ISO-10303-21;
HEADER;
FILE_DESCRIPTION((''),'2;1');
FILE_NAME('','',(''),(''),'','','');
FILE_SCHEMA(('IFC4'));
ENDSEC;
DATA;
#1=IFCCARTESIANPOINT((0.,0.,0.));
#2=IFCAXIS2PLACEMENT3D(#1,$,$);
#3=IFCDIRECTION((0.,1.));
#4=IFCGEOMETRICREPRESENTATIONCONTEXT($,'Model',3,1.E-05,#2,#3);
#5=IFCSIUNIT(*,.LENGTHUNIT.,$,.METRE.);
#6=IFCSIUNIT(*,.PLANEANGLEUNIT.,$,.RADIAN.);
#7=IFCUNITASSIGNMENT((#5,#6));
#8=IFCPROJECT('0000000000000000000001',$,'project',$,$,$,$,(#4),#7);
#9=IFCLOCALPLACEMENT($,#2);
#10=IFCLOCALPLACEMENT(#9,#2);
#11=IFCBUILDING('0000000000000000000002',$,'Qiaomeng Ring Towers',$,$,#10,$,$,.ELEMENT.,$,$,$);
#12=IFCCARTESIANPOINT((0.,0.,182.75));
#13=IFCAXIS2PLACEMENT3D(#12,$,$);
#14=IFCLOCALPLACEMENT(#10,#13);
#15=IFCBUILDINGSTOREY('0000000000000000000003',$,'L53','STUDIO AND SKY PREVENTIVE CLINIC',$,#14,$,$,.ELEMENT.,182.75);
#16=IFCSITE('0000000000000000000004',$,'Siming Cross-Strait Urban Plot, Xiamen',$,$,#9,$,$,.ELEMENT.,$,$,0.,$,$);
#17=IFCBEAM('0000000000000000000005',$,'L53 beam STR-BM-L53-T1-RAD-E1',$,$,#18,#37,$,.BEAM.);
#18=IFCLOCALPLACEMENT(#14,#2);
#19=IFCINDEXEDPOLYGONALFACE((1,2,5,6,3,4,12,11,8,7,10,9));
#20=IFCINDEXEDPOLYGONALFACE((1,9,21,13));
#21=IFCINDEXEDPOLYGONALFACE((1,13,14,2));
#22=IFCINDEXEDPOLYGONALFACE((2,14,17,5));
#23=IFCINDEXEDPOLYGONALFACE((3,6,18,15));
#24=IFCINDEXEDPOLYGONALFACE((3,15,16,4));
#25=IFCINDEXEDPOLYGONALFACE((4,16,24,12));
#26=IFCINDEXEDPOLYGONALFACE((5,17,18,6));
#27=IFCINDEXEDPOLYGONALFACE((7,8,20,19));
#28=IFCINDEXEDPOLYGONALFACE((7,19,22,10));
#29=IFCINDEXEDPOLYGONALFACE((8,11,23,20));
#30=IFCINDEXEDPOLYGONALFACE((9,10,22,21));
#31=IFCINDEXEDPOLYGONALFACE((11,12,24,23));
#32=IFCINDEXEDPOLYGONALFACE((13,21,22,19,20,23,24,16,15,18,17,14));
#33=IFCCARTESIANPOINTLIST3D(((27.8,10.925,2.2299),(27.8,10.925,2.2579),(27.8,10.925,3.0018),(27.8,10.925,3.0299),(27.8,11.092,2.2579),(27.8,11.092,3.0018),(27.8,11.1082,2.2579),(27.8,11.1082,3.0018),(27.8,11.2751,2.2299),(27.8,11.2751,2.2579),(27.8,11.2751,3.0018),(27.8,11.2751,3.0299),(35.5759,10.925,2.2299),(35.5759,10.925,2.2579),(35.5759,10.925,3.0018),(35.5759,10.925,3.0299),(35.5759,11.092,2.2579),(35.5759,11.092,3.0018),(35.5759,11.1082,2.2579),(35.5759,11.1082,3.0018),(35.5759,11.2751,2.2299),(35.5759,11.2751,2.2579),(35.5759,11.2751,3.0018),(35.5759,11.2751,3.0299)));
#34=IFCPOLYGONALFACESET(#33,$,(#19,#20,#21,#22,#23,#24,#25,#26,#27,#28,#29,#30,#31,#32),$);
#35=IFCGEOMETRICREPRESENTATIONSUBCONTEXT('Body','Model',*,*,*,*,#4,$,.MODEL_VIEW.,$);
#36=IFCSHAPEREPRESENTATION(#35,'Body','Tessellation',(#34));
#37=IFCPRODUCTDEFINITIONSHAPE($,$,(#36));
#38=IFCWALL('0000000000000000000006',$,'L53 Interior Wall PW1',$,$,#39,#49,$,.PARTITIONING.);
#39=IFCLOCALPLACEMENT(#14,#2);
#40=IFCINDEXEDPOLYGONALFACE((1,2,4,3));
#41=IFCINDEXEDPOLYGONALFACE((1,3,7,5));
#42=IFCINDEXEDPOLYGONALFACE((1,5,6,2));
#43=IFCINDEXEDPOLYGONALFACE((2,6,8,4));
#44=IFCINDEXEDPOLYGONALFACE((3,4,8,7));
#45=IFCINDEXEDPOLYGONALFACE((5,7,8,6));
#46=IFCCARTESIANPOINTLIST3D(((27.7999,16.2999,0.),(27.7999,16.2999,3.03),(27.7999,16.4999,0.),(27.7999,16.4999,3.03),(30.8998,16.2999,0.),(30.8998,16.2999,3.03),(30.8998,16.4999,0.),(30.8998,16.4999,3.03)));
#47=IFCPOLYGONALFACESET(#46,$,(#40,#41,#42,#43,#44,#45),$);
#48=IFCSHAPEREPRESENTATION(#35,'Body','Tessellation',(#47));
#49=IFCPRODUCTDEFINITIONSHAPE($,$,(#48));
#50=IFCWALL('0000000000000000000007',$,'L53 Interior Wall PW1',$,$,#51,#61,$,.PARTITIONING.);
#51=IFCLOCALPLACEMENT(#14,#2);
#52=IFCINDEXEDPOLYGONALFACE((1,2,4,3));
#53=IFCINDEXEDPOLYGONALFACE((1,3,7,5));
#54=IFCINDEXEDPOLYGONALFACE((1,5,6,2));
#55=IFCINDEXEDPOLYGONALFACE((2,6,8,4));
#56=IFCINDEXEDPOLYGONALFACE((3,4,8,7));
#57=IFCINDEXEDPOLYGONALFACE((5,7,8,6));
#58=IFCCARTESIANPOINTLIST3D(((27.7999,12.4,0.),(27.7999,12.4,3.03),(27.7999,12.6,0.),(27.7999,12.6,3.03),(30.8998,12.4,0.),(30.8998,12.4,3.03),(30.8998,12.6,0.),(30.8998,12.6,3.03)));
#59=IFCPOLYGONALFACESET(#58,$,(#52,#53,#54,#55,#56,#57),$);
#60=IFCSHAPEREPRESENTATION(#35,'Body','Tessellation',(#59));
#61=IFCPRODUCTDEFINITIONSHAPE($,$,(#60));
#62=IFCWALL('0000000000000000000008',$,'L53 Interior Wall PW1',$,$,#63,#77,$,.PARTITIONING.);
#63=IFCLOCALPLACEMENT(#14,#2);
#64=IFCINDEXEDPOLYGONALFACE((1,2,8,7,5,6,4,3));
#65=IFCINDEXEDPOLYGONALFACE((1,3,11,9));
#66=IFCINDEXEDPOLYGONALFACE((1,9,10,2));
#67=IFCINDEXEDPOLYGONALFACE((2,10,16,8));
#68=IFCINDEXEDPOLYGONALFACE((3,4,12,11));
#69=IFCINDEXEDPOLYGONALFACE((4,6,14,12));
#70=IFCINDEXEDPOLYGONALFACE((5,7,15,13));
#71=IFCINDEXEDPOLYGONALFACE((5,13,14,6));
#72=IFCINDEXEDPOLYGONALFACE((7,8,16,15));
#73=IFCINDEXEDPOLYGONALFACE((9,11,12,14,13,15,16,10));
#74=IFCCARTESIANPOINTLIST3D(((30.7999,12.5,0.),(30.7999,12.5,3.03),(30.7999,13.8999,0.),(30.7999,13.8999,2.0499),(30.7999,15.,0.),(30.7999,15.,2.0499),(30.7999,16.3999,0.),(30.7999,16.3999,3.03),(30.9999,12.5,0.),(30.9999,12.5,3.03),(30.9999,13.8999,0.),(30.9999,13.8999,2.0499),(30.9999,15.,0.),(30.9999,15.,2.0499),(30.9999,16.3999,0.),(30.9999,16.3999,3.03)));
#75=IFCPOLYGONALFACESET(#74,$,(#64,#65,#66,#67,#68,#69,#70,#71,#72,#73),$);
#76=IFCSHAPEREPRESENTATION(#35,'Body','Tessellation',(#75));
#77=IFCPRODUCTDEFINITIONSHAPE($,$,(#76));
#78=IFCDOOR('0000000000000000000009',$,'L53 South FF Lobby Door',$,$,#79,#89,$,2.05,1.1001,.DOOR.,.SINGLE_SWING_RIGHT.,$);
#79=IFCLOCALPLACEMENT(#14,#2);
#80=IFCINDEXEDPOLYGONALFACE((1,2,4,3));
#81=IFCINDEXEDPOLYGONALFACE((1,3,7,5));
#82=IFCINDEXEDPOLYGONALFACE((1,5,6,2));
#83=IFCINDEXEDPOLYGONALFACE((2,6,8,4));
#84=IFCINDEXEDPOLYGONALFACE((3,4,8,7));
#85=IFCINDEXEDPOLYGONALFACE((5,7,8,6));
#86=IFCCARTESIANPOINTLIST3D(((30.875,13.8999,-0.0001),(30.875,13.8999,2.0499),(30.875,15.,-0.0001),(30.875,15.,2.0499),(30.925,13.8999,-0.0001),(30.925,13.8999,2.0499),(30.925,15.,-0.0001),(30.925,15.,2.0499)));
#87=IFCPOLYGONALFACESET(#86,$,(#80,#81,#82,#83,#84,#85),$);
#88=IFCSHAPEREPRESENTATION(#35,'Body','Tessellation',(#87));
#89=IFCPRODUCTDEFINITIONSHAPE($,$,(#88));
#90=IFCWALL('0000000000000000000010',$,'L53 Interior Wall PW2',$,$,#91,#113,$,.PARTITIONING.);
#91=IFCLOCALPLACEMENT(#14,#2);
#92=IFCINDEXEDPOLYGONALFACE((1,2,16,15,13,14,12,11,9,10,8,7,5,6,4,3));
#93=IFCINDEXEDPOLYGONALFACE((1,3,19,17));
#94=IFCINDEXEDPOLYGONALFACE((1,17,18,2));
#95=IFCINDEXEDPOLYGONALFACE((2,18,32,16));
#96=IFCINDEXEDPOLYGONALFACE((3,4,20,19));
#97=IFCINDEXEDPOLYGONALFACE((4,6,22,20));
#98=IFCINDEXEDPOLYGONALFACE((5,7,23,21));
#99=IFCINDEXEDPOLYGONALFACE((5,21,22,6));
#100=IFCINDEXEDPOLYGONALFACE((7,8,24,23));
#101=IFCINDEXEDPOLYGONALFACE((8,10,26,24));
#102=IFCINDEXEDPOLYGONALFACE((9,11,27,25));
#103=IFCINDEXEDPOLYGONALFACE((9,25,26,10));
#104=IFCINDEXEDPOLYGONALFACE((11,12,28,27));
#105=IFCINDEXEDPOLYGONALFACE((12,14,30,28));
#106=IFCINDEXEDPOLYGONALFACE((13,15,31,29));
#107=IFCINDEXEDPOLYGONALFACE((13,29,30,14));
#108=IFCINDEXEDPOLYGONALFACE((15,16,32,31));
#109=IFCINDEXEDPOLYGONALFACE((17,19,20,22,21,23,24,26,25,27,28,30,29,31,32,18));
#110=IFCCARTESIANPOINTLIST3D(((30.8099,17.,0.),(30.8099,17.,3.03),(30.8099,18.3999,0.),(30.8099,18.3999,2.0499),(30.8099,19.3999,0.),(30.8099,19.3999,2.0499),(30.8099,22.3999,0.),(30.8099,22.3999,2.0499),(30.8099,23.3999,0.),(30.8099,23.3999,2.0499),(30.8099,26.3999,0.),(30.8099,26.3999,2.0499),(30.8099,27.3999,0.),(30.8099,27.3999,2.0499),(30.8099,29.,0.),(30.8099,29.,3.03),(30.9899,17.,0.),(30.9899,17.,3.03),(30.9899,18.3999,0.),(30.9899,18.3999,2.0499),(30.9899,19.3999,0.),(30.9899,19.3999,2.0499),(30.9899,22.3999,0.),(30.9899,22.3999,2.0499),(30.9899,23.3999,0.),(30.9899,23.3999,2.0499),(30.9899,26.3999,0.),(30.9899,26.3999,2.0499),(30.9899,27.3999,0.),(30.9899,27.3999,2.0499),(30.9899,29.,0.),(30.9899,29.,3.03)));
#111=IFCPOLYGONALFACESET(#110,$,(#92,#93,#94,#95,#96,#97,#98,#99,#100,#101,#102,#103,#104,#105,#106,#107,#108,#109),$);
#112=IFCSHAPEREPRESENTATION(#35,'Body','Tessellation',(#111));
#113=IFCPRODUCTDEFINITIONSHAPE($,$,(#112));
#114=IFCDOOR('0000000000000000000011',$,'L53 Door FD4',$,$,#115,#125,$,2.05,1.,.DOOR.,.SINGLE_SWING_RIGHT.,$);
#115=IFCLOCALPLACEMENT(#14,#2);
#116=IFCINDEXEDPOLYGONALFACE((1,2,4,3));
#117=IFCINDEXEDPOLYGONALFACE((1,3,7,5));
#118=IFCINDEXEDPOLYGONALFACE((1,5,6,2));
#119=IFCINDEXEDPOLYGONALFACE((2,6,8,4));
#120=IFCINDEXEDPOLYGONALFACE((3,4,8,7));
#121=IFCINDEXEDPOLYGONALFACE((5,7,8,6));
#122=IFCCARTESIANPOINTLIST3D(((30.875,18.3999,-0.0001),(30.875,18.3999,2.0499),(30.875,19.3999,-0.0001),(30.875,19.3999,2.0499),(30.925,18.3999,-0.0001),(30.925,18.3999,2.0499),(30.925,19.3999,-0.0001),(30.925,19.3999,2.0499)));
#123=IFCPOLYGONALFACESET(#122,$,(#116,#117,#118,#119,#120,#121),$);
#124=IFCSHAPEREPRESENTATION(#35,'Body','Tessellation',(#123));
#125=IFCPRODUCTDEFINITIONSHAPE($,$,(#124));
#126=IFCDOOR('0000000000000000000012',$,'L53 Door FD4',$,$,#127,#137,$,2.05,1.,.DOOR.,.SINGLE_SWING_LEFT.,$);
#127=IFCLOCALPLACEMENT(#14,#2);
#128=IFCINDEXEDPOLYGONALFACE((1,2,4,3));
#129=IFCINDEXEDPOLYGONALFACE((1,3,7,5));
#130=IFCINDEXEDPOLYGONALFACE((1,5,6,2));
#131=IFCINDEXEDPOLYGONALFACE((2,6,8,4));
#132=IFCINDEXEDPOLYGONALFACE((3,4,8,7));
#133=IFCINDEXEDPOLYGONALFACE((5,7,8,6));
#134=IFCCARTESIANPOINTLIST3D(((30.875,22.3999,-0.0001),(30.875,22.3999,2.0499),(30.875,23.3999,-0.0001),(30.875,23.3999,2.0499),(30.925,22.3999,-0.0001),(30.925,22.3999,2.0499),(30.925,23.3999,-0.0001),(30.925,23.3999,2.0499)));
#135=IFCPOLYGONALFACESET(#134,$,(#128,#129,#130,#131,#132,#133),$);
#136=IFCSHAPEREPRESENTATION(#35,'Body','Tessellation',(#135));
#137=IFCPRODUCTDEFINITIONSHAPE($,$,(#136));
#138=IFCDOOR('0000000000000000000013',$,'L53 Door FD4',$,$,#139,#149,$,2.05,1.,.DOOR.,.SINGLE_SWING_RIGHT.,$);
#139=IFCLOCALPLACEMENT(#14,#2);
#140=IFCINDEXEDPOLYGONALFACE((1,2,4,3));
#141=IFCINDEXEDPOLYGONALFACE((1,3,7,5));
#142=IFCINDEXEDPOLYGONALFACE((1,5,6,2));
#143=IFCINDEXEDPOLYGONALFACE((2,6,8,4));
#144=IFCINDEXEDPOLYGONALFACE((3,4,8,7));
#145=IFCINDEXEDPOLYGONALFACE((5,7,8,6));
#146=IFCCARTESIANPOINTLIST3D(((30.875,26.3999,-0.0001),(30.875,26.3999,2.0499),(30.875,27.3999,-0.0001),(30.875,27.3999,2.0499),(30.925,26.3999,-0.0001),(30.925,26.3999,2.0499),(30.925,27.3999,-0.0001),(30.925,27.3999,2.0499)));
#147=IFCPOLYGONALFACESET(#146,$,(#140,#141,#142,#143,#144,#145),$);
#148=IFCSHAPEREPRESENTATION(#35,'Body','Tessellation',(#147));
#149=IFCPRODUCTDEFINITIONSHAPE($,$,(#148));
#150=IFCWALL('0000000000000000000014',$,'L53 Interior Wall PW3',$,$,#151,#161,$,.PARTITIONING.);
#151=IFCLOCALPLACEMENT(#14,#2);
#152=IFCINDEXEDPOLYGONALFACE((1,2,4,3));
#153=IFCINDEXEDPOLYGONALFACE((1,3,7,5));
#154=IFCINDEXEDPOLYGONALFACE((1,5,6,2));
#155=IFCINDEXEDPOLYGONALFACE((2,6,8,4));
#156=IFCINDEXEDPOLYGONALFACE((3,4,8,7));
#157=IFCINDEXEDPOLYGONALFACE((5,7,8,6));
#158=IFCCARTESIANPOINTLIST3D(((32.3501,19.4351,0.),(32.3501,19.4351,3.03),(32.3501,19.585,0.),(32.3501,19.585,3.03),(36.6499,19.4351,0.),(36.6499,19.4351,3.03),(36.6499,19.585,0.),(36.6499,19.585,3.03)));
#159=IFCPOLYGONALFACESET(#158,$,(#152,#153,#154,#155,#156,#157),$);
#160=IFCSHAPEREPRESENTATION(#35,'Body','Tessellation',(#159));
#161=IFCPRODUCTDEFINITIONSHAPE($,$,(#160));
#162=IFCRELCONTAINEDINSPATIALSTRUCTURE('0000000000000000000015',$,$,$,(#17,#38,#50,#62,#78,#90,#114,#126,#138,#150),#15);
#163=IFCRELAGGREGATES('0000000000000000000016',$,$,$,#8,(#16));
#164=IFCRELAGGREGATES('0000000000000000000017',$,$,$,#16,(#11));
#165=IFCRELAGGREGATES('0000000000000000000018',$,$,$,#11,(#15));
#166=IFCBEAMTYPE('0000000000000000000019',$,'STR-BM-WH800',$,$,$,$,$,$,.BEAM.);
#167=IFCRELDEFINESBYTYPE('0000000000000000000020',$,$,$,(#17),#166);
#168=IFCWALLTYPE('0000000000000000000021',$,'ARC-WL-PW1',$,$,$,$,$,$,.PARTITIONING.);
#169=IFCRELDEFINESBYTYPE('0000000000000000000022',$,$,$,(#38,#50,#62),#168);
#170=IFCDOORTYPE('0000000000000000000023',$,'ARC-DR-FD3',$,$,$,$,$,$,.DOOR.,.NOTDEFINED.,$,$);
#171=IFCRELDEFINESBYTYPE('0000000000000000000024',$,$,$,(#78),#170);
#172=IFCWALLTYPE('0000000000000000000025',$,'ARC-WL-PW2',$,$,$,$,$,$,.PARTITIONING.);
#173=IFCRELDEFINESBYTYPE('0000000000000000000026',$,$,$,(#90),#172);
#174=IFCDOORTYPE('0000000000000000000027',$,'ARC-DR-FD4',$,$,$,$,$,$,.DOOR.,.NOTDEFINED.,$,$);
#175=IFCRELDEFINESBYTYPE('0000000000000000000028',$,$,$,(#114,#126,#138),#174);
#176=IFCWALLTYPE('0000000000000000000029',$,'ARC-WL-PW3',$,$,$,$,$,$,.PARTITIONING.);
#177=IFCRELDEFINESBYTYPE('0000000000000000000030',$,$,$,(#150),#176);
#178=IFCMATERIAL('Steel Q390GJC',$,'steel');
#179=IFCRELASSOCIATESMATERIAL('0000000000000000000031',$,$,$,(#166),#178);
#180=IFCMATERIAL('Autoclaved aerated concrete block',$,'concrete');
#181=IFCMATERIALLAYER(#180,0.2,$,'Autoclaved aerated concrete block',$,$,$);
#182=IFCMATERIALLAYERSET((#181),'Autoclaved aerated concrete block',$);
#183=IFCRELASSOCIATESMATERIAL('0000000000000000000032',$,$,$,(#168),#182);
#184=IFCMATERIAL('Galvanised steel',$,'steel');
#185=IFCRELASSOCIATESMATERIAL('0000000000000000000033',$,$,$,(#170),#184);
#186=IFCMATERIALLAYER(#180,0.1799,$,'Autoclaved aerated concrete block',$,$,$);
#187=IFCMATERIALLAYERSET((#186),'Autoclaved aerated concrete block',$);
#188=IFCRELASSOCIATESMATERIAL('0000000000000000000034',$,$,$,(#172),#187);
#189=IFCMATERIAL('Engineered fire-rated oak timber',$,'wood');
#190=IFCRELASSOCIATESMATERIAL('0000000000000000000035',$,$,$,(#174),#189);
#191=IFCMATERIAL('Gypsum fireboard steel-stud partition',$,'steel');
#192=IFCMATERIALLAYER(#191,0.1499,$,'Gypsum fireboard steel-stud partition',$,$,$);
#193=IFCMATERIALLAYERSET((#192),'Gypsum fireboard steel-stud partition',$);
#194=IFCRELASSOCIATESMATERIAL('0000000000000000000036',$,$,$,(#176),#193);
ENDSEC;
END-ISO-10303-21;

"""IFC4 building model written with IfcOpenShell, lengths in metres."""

from ifc_helpers import new_model, si_unit, direction, frame, frame_2d, origin, origin_2d, place, context, subcontext, project, spatial, rectangle, i_section, extrude, source, transform, mapped, material, layer, layer_set, material_profile, profile_set, type_object, element, fill, save


model = new_model("IFC4")

# Units and contexts
model_context = context("Model", 3, precision=1e-05, world=origin(), true_north=direction((0.0, 1.0)))
body_context = subcontext(model_context, "Body", "Model", "MODEL_VIEW")
ifc_project = project(units=[si_unit("LENGTHUNIT", "METRE"), si_unit("PLANEANGLEUNIT", "RADIAN")], contexts=[model_context])

# Site, building, storey
site_placement = place(None, origin())
site = spatial("IfcSite", under=ifc_project, at=site_placement, Name="Siming Cross-Strait Urban Plot, Xiamen", CompositionType="ELEMENT", RefElevation=0.0)
building_placement = place(site_placement, origin())
building = spatial("IfcBuilding", under=site, at=building_placement, Name="Qiaomeng Ring Towers", CompositionType="ELEMENT")
storey_placement = place(building_placement, frame((0.0, 0.0, 182.75)))
storey = spatial("IfcBuildingStorey", under=building, at=storey_placement, Name="L53", Description="STUDIO AND SKY PREVENTIVE CLINIC", CompositionType="ELEMENT", Elevation=182.75)

# Beam
ifc_material_1 = material(Name="Steel Q390GJC", Category="steel")
ifc_material_profile_1 = material_profile(ifc_material_1, i_section(OverallWidth=0.3501, OverallDepth=0.8, WebThickness=0.0161, FlangeThickness=0.0281, at=origin_2d()), Name="WH 800x350x16x28")
ifc_profile_set_1 = profile_set([ifc_material_profile_1], Name="Steel Q390GJC")
beam_type_1 = type_object("IfcBeamType", Name="STR-BM-WH800", PredefinedType="BEAM", material=ifc_profile_set_1)
shared_shape_1 = source(origin(), body_context, "Body", "SweptSolid", [
    extrude(i_section(OverallWidth=0.3501, OverallDepth=0.8, WebThickness=0.0161, FlangeThickness=0.0281, at=origin_2d()), origin(), (0.0, 0.0, 1.0), 7.7759),
])
beam_1_placement = place(storey_placement, frame((27.8, 11.1001, 2.6299), z_axis=(1.0, 0.0, 0.0), x_axis=(0.0, 1.0, 0.0)))
element("IfcBeam", 1, at=beam_1_placement, inside=storey, type_object=beam_type_1, Name="L53 beam STR-BM-L53-T1-RAD-E1", PredefinedType="BEAM", context=body_context, shape_type="MappedRepresentation", body=[
    mapped(shared_shape_1, transform((0.0, 0.0, 0.0), x_axis=(1.0, 0.0, 0.0), y_axis=(0.0, 1.0, 0.0), z_axis=(0.0, 0.0, 1.0), scale=1.0)),
])

# Walls
ifc_material_2 = material(Name="Autoclaved aerated concrete block", Category="concrete")
ifc_layer_1 = layer(ifc_material_2, 0.2, Name="Autoclaved aerated concrete block")
ifc_layer_set_1 = layer_set([ifc_layer_1], Name="Autoclaved aerated concrete block")
wall_type_1 = type_object("IfcWallType", Name="ARC-WL-PW1", PredefinedType="PARTITIONING", material=ifc_layer_set_1)
for number, where, z_axis, x_axis, name in (
    (2, (27.8, 16.3999, 0.0), (0.0, 0.0, 1.0), (1.0, 0.0, 0.0), "L53 Interior Wall PW1"),
    (3, (27.8, 12.5, 0.0), (0.0, 0.0, 1.0), (1.0, 0.0, 0.0), "L53 Interior Wall PW1"),
):
    element("IfcWall", number, at=place(storey_placement, frame(where, z_axis=z_axis, x_axis=x_axis)), inside=storey, type_object=wall_type_1, Name=name, PredefinedType="PARTITIONING", context=body_context, shape_type="SweptSolid", body=[
        extrude(rectangle(XDim=3.0999, YDim=0.2, at=frame_2d((1.5498, 0.0))), origin(), (0.0, 0.0, 1.0), 3.03),
    ])

# Wall, opening, door
wall_1_placement = place(storey_placement, frame((30.8999, 12.5, 0.0), z_axis=(0.0, 0.0, 1.0), x_axis=(0.0, 1.0, 0.0)))
wall_1 = element("IfcWall", 4, at=wall_1_placement, inside=storey, type_object=wall_type_1, Name="L53 Interior Wall PW1", PredefinedType="PARTITIONING", context=body_context, shape_type="SweptSolid", body=[
    extrude(rectangle(XDim=3.8999, YDim=0.2, at=frame_2d((1.95, 0.0))), origin(), (0.0, 0.0, 1.0), 3.03),
])
opening_1_placement = place(wall_1_placement, frame((1.3999, 0.0, 0.0)))
opening_1 = element("IfcOpeningElement", 5, at=opening_1_placement, cuts=wall_1, PredefinedType="OPENING", context=body_context, shape_type="SweptSolid", body=[
    extrude(rectangle(XDim=1.1001, YDim=2.05, at=frame_2d((0.55, 1.0249))), frame((0.0, 0.1099, 0.0), z_axis=(0.0, -1.0, 0.0), x_axis=(1.0, 0.0, 0.0)), (0.0, 0.0, 1.0), 0.22),
])
ifc_material_3 = material(Name="Galvanised steel", Category="steel")
door_type_1 = type_object("IfcDoorType", Name="ARC-DR-FD3", OperationType="NOTDEFINED", PredefinedType="DOOR", material=ifc_material_3)
shared_shape_2 = source(origin(), body_context, "Body", "SweptSolid", [
    extrude(rectangle(XDim=1.1001, YDim=2.05, at=frame_2d((0.55, 1.0249))), frame((0.0, 0.0249, 0.0), z_axis=(0.0, -1.0, 0.0), x_axis=(1.0, 0.0, 0.0)), (0.0, 0.0, 1.0), 0.05),
])
door_1_placement = place(opening_1_placement, origin())
door_1 = element("IfcDoor", 6, at=door_1_placement, inside=storey, type_object=door_type_1, Name="L53 South FF Lobby Door", OperationType="SINGLE_SWING_RIGHT", OverallHeight=2.05, OverallWidth=1.1001, PredefinedType="DOOR", context=body_context, shape_type="MappedRepresentation", body=[
    mapped(shared_shape_2, transform((0.0, 0.0, 0.0), x_axis=(1.0, 0.0, 0.0), y_axis=(0.0, 1.0, 0.0), z_axis=(0.0, 0.0, 1.0), scale=1.0)),
])
fill(opening_1, door_1)

# Wall, openings, doors
ifc_layer_2 = layer(ifc_material_2, 0.1799, Name="Autoclaved aerated concrete block")
ifc_layer_set_2 = layer_set([ifc_layer_2], Name="Autoclaved aerated concrete block")
wall_type_2 = type_object("IfcWallType", Name="ARC-WL-PW2", PredefinedType="PARTITIONING", material=ifc_layer_set_2)
wall_2_placement = place(storey_placement, frame((30.8999, 17.0, 0.0), z_axis=(0.0, 0.0, 1.0), x_axis=(0.0, 1.0, 0.0)))
wall_2 = element("IfcWall", 7, at=wall_2_placement, inside=storey, type_object=wall_type_2, Name="L53 Interior Wall PW2", PredefinedType="PARTITIONING", context=body_context, shape_type="SweptSolid", body=[
    extrude(rectangle(XDim=12.0, YDim=0.1799, at=frame_2d((6.0, 0.0))), origin(), (0.0, 0.0, 1.0), 3.03),
])
opening_2_placement = place(wall_2_placement, frame((1.3999, 0.0, 0.0)))
opening_2 = element("IfcOpeningElement", 8, at=opening_2_placement, cuts=wall_2, PredefinedType="OPENING", context=body_context, shape_type="SweptSolid", body=[
    extrude(rectangle(XDim=1.0, YDim=2.05, at=frame_2d((0.5, 1.0249))), frame((0.0, 0.0999, 0.0), z_axis=(0.0, -1.0, 0.0), x_axis=(1.0, 0.0, 0.0)), (0.0, 0.0, 1.0), 0.2),
])
opening_3_placement = place(wall_2_placement, frame((5.3999, 0.0, 0.0)))
opening_3 = element("IfcOpeningElement", 9, at=opening_3_placement, cuts=wall_2, PredefinedType="OPENING", context=body_context, shape_type="SweptSolid", body=[
    extrude(rectangle(XDim=1.0, YDim=2.05, at=frame_2d((0.5, 1.0249))), frame((0.0, 0.0999, 0.0), z_axis=(0.0, -1.0, 0.0), x_axis=(1.0, 0.0, 0.0)), (0.0, 0.0, 1.0), 0.2),
])
opening_4_placement = place(wall_2_placement, frame((9.3999, 0.0, 0.0)))
opening_4 = element("IfcOpeningElement", 10, at=opening_4_placement, cuts=wall_2, PredefinedType="OPENING", context=body_context, shape_type="SweptSolid", body=[
    extrude(rectangle(XDim=1.0, YDim=2.05, at=frame_2d((0.5, 1.0249))), frame((0.0, 0.0999, 0.0), z_axis=(0.0, -1.0, 0.0), x_axis=(1.0, 0.0, 0.0)), (0.0, 0.0, 1.0), 0.2),
])
ifc_material_4 = material(Name="Engineered fire-rated oak timber", Category="wood")
door_type_2 = type_object("IfcDoorType", Name="ARC-DR-FD4", OperationType="NOTDEFINED", PredefinedType="DOOR", material=ifc_material_4)
shared_shape_3 = source(origin(), body_context, "Body", "SweptSolid", [
    extrude(rectangle(XDim=1.0, YDim=2.05, at=frame_2d((0.5, 1.0249))), frame((0.0, 0.0249, 0.0), z_axis=(0.0, -1.0, 0.0), x_axis=(1.0, 0.0, 0.0)), (0.0, 0.0, 1.0), 0.05),
])
door_2_placement = place(opening_2_placement, origin())
door_2 = element("IfcDoor", 11, at=door_2_placement, inside=storey, type_object=door_type_2, Name="L53 Door FD4", OperationType="SINGLE_SWING_RIGHT", OverallHeight=2.05, OverallWidth=1.0, PredefinedType="DOOR", context=body_context, shape_type="MappedRepresentation", body=[
    mapped(shared_shape_3, transform((0.0, 0.0, 0.0), x_axis=(1.0, 0.0, 0.0), y_axis=(0.0, 1.0, 0.0), z_axis=(0.0, 0.0, 1.0), scale=1.0)),
])
fill(opening_2, door_2)
door_3_placement = place(opening_3_placement, origin())
door_3 = element("IfcDoor", 12, at=door_3_placement, inside=storey, type_object=door_type_2, Name="L53 Door FD4", OperationType="SINGLE_SWING_LEFT", OverallHeight=2.05, OverallWidth=1.0, PredefinedType="DOOR", context=body_context, shape_type="MappedRepresentation", body=[
    mapped(shared_shape_3, transform((0.0, 0.0, 0.0), x_axis=(1.0, 0.0, 0.0), y_axis=(0.0, 1.0, 0.0), z_axis=(0.0, 0.0, 1.0), scale=1.0)),
])
fill(opening_3, door_3)
door_4_placement = place(opening_4_placement, origin())
door_4 = element("IfcDoor", 13, at=door_4_placement, inside=storey, type_object=door_type_2, Name="L53 Door FD4", OperationType="SINGLE_SWING_RIGHT", OverallHeight=2.05, OverallWidth=1.0, PredefinedType="DOOR", context=body_context, shape_type="MappedRepresentation", body=[
    mapped(shared_shape_3, transform((0.0, 0.0, 0.0), x_axis=(1.0, 0.0, 0.0), y_axis=(0.0, 1.0, 0.0), z_axis=(0.0, 0.0, 1.0), scale=1.0)),
])
fill(opening_4, door_4)

# Wall
ifc_material_5 = material(Name="Gypsum fireboard steel-stud partition", Category="steel")
ifc_layer_3 = layer(ifc_material_5, 0.1499, Name="Gypsum fireboard steel-stud partition")
ifc_layer_set_3 = layer_set([ifc_layer_3], Name="Gypsum fireboard steel-stud partition")
wall_type_3 = type_object("IfcWallType", Name="ARC-WL-PW3", PredefinedType="PARTITIONING", material=ifc_layer_set_3)
wall_3_placement = place(storey_placement, frame((32.3501, 19.51, 0.0), z_axis=(0.0, 0.0, 1.0), x_axis=(1.0, 0.0, 0.0)))
element("IfcWall", 14, at=wall_3_placement, inside=storey, type_object=wall_type_3, Name="L53 Interior Wall PW3", PredefinedType="PARTITIONING", context=body_context, shape_type="SweptSolid", body=[
    extrude(rectangle(XDim=4.2998, YDim=0.1499, at=frame_2d((2.1499, 0.0))), origin(), (0.0, 0.0, 1.0), 3.03),
])

save(model, "model.ifc")
